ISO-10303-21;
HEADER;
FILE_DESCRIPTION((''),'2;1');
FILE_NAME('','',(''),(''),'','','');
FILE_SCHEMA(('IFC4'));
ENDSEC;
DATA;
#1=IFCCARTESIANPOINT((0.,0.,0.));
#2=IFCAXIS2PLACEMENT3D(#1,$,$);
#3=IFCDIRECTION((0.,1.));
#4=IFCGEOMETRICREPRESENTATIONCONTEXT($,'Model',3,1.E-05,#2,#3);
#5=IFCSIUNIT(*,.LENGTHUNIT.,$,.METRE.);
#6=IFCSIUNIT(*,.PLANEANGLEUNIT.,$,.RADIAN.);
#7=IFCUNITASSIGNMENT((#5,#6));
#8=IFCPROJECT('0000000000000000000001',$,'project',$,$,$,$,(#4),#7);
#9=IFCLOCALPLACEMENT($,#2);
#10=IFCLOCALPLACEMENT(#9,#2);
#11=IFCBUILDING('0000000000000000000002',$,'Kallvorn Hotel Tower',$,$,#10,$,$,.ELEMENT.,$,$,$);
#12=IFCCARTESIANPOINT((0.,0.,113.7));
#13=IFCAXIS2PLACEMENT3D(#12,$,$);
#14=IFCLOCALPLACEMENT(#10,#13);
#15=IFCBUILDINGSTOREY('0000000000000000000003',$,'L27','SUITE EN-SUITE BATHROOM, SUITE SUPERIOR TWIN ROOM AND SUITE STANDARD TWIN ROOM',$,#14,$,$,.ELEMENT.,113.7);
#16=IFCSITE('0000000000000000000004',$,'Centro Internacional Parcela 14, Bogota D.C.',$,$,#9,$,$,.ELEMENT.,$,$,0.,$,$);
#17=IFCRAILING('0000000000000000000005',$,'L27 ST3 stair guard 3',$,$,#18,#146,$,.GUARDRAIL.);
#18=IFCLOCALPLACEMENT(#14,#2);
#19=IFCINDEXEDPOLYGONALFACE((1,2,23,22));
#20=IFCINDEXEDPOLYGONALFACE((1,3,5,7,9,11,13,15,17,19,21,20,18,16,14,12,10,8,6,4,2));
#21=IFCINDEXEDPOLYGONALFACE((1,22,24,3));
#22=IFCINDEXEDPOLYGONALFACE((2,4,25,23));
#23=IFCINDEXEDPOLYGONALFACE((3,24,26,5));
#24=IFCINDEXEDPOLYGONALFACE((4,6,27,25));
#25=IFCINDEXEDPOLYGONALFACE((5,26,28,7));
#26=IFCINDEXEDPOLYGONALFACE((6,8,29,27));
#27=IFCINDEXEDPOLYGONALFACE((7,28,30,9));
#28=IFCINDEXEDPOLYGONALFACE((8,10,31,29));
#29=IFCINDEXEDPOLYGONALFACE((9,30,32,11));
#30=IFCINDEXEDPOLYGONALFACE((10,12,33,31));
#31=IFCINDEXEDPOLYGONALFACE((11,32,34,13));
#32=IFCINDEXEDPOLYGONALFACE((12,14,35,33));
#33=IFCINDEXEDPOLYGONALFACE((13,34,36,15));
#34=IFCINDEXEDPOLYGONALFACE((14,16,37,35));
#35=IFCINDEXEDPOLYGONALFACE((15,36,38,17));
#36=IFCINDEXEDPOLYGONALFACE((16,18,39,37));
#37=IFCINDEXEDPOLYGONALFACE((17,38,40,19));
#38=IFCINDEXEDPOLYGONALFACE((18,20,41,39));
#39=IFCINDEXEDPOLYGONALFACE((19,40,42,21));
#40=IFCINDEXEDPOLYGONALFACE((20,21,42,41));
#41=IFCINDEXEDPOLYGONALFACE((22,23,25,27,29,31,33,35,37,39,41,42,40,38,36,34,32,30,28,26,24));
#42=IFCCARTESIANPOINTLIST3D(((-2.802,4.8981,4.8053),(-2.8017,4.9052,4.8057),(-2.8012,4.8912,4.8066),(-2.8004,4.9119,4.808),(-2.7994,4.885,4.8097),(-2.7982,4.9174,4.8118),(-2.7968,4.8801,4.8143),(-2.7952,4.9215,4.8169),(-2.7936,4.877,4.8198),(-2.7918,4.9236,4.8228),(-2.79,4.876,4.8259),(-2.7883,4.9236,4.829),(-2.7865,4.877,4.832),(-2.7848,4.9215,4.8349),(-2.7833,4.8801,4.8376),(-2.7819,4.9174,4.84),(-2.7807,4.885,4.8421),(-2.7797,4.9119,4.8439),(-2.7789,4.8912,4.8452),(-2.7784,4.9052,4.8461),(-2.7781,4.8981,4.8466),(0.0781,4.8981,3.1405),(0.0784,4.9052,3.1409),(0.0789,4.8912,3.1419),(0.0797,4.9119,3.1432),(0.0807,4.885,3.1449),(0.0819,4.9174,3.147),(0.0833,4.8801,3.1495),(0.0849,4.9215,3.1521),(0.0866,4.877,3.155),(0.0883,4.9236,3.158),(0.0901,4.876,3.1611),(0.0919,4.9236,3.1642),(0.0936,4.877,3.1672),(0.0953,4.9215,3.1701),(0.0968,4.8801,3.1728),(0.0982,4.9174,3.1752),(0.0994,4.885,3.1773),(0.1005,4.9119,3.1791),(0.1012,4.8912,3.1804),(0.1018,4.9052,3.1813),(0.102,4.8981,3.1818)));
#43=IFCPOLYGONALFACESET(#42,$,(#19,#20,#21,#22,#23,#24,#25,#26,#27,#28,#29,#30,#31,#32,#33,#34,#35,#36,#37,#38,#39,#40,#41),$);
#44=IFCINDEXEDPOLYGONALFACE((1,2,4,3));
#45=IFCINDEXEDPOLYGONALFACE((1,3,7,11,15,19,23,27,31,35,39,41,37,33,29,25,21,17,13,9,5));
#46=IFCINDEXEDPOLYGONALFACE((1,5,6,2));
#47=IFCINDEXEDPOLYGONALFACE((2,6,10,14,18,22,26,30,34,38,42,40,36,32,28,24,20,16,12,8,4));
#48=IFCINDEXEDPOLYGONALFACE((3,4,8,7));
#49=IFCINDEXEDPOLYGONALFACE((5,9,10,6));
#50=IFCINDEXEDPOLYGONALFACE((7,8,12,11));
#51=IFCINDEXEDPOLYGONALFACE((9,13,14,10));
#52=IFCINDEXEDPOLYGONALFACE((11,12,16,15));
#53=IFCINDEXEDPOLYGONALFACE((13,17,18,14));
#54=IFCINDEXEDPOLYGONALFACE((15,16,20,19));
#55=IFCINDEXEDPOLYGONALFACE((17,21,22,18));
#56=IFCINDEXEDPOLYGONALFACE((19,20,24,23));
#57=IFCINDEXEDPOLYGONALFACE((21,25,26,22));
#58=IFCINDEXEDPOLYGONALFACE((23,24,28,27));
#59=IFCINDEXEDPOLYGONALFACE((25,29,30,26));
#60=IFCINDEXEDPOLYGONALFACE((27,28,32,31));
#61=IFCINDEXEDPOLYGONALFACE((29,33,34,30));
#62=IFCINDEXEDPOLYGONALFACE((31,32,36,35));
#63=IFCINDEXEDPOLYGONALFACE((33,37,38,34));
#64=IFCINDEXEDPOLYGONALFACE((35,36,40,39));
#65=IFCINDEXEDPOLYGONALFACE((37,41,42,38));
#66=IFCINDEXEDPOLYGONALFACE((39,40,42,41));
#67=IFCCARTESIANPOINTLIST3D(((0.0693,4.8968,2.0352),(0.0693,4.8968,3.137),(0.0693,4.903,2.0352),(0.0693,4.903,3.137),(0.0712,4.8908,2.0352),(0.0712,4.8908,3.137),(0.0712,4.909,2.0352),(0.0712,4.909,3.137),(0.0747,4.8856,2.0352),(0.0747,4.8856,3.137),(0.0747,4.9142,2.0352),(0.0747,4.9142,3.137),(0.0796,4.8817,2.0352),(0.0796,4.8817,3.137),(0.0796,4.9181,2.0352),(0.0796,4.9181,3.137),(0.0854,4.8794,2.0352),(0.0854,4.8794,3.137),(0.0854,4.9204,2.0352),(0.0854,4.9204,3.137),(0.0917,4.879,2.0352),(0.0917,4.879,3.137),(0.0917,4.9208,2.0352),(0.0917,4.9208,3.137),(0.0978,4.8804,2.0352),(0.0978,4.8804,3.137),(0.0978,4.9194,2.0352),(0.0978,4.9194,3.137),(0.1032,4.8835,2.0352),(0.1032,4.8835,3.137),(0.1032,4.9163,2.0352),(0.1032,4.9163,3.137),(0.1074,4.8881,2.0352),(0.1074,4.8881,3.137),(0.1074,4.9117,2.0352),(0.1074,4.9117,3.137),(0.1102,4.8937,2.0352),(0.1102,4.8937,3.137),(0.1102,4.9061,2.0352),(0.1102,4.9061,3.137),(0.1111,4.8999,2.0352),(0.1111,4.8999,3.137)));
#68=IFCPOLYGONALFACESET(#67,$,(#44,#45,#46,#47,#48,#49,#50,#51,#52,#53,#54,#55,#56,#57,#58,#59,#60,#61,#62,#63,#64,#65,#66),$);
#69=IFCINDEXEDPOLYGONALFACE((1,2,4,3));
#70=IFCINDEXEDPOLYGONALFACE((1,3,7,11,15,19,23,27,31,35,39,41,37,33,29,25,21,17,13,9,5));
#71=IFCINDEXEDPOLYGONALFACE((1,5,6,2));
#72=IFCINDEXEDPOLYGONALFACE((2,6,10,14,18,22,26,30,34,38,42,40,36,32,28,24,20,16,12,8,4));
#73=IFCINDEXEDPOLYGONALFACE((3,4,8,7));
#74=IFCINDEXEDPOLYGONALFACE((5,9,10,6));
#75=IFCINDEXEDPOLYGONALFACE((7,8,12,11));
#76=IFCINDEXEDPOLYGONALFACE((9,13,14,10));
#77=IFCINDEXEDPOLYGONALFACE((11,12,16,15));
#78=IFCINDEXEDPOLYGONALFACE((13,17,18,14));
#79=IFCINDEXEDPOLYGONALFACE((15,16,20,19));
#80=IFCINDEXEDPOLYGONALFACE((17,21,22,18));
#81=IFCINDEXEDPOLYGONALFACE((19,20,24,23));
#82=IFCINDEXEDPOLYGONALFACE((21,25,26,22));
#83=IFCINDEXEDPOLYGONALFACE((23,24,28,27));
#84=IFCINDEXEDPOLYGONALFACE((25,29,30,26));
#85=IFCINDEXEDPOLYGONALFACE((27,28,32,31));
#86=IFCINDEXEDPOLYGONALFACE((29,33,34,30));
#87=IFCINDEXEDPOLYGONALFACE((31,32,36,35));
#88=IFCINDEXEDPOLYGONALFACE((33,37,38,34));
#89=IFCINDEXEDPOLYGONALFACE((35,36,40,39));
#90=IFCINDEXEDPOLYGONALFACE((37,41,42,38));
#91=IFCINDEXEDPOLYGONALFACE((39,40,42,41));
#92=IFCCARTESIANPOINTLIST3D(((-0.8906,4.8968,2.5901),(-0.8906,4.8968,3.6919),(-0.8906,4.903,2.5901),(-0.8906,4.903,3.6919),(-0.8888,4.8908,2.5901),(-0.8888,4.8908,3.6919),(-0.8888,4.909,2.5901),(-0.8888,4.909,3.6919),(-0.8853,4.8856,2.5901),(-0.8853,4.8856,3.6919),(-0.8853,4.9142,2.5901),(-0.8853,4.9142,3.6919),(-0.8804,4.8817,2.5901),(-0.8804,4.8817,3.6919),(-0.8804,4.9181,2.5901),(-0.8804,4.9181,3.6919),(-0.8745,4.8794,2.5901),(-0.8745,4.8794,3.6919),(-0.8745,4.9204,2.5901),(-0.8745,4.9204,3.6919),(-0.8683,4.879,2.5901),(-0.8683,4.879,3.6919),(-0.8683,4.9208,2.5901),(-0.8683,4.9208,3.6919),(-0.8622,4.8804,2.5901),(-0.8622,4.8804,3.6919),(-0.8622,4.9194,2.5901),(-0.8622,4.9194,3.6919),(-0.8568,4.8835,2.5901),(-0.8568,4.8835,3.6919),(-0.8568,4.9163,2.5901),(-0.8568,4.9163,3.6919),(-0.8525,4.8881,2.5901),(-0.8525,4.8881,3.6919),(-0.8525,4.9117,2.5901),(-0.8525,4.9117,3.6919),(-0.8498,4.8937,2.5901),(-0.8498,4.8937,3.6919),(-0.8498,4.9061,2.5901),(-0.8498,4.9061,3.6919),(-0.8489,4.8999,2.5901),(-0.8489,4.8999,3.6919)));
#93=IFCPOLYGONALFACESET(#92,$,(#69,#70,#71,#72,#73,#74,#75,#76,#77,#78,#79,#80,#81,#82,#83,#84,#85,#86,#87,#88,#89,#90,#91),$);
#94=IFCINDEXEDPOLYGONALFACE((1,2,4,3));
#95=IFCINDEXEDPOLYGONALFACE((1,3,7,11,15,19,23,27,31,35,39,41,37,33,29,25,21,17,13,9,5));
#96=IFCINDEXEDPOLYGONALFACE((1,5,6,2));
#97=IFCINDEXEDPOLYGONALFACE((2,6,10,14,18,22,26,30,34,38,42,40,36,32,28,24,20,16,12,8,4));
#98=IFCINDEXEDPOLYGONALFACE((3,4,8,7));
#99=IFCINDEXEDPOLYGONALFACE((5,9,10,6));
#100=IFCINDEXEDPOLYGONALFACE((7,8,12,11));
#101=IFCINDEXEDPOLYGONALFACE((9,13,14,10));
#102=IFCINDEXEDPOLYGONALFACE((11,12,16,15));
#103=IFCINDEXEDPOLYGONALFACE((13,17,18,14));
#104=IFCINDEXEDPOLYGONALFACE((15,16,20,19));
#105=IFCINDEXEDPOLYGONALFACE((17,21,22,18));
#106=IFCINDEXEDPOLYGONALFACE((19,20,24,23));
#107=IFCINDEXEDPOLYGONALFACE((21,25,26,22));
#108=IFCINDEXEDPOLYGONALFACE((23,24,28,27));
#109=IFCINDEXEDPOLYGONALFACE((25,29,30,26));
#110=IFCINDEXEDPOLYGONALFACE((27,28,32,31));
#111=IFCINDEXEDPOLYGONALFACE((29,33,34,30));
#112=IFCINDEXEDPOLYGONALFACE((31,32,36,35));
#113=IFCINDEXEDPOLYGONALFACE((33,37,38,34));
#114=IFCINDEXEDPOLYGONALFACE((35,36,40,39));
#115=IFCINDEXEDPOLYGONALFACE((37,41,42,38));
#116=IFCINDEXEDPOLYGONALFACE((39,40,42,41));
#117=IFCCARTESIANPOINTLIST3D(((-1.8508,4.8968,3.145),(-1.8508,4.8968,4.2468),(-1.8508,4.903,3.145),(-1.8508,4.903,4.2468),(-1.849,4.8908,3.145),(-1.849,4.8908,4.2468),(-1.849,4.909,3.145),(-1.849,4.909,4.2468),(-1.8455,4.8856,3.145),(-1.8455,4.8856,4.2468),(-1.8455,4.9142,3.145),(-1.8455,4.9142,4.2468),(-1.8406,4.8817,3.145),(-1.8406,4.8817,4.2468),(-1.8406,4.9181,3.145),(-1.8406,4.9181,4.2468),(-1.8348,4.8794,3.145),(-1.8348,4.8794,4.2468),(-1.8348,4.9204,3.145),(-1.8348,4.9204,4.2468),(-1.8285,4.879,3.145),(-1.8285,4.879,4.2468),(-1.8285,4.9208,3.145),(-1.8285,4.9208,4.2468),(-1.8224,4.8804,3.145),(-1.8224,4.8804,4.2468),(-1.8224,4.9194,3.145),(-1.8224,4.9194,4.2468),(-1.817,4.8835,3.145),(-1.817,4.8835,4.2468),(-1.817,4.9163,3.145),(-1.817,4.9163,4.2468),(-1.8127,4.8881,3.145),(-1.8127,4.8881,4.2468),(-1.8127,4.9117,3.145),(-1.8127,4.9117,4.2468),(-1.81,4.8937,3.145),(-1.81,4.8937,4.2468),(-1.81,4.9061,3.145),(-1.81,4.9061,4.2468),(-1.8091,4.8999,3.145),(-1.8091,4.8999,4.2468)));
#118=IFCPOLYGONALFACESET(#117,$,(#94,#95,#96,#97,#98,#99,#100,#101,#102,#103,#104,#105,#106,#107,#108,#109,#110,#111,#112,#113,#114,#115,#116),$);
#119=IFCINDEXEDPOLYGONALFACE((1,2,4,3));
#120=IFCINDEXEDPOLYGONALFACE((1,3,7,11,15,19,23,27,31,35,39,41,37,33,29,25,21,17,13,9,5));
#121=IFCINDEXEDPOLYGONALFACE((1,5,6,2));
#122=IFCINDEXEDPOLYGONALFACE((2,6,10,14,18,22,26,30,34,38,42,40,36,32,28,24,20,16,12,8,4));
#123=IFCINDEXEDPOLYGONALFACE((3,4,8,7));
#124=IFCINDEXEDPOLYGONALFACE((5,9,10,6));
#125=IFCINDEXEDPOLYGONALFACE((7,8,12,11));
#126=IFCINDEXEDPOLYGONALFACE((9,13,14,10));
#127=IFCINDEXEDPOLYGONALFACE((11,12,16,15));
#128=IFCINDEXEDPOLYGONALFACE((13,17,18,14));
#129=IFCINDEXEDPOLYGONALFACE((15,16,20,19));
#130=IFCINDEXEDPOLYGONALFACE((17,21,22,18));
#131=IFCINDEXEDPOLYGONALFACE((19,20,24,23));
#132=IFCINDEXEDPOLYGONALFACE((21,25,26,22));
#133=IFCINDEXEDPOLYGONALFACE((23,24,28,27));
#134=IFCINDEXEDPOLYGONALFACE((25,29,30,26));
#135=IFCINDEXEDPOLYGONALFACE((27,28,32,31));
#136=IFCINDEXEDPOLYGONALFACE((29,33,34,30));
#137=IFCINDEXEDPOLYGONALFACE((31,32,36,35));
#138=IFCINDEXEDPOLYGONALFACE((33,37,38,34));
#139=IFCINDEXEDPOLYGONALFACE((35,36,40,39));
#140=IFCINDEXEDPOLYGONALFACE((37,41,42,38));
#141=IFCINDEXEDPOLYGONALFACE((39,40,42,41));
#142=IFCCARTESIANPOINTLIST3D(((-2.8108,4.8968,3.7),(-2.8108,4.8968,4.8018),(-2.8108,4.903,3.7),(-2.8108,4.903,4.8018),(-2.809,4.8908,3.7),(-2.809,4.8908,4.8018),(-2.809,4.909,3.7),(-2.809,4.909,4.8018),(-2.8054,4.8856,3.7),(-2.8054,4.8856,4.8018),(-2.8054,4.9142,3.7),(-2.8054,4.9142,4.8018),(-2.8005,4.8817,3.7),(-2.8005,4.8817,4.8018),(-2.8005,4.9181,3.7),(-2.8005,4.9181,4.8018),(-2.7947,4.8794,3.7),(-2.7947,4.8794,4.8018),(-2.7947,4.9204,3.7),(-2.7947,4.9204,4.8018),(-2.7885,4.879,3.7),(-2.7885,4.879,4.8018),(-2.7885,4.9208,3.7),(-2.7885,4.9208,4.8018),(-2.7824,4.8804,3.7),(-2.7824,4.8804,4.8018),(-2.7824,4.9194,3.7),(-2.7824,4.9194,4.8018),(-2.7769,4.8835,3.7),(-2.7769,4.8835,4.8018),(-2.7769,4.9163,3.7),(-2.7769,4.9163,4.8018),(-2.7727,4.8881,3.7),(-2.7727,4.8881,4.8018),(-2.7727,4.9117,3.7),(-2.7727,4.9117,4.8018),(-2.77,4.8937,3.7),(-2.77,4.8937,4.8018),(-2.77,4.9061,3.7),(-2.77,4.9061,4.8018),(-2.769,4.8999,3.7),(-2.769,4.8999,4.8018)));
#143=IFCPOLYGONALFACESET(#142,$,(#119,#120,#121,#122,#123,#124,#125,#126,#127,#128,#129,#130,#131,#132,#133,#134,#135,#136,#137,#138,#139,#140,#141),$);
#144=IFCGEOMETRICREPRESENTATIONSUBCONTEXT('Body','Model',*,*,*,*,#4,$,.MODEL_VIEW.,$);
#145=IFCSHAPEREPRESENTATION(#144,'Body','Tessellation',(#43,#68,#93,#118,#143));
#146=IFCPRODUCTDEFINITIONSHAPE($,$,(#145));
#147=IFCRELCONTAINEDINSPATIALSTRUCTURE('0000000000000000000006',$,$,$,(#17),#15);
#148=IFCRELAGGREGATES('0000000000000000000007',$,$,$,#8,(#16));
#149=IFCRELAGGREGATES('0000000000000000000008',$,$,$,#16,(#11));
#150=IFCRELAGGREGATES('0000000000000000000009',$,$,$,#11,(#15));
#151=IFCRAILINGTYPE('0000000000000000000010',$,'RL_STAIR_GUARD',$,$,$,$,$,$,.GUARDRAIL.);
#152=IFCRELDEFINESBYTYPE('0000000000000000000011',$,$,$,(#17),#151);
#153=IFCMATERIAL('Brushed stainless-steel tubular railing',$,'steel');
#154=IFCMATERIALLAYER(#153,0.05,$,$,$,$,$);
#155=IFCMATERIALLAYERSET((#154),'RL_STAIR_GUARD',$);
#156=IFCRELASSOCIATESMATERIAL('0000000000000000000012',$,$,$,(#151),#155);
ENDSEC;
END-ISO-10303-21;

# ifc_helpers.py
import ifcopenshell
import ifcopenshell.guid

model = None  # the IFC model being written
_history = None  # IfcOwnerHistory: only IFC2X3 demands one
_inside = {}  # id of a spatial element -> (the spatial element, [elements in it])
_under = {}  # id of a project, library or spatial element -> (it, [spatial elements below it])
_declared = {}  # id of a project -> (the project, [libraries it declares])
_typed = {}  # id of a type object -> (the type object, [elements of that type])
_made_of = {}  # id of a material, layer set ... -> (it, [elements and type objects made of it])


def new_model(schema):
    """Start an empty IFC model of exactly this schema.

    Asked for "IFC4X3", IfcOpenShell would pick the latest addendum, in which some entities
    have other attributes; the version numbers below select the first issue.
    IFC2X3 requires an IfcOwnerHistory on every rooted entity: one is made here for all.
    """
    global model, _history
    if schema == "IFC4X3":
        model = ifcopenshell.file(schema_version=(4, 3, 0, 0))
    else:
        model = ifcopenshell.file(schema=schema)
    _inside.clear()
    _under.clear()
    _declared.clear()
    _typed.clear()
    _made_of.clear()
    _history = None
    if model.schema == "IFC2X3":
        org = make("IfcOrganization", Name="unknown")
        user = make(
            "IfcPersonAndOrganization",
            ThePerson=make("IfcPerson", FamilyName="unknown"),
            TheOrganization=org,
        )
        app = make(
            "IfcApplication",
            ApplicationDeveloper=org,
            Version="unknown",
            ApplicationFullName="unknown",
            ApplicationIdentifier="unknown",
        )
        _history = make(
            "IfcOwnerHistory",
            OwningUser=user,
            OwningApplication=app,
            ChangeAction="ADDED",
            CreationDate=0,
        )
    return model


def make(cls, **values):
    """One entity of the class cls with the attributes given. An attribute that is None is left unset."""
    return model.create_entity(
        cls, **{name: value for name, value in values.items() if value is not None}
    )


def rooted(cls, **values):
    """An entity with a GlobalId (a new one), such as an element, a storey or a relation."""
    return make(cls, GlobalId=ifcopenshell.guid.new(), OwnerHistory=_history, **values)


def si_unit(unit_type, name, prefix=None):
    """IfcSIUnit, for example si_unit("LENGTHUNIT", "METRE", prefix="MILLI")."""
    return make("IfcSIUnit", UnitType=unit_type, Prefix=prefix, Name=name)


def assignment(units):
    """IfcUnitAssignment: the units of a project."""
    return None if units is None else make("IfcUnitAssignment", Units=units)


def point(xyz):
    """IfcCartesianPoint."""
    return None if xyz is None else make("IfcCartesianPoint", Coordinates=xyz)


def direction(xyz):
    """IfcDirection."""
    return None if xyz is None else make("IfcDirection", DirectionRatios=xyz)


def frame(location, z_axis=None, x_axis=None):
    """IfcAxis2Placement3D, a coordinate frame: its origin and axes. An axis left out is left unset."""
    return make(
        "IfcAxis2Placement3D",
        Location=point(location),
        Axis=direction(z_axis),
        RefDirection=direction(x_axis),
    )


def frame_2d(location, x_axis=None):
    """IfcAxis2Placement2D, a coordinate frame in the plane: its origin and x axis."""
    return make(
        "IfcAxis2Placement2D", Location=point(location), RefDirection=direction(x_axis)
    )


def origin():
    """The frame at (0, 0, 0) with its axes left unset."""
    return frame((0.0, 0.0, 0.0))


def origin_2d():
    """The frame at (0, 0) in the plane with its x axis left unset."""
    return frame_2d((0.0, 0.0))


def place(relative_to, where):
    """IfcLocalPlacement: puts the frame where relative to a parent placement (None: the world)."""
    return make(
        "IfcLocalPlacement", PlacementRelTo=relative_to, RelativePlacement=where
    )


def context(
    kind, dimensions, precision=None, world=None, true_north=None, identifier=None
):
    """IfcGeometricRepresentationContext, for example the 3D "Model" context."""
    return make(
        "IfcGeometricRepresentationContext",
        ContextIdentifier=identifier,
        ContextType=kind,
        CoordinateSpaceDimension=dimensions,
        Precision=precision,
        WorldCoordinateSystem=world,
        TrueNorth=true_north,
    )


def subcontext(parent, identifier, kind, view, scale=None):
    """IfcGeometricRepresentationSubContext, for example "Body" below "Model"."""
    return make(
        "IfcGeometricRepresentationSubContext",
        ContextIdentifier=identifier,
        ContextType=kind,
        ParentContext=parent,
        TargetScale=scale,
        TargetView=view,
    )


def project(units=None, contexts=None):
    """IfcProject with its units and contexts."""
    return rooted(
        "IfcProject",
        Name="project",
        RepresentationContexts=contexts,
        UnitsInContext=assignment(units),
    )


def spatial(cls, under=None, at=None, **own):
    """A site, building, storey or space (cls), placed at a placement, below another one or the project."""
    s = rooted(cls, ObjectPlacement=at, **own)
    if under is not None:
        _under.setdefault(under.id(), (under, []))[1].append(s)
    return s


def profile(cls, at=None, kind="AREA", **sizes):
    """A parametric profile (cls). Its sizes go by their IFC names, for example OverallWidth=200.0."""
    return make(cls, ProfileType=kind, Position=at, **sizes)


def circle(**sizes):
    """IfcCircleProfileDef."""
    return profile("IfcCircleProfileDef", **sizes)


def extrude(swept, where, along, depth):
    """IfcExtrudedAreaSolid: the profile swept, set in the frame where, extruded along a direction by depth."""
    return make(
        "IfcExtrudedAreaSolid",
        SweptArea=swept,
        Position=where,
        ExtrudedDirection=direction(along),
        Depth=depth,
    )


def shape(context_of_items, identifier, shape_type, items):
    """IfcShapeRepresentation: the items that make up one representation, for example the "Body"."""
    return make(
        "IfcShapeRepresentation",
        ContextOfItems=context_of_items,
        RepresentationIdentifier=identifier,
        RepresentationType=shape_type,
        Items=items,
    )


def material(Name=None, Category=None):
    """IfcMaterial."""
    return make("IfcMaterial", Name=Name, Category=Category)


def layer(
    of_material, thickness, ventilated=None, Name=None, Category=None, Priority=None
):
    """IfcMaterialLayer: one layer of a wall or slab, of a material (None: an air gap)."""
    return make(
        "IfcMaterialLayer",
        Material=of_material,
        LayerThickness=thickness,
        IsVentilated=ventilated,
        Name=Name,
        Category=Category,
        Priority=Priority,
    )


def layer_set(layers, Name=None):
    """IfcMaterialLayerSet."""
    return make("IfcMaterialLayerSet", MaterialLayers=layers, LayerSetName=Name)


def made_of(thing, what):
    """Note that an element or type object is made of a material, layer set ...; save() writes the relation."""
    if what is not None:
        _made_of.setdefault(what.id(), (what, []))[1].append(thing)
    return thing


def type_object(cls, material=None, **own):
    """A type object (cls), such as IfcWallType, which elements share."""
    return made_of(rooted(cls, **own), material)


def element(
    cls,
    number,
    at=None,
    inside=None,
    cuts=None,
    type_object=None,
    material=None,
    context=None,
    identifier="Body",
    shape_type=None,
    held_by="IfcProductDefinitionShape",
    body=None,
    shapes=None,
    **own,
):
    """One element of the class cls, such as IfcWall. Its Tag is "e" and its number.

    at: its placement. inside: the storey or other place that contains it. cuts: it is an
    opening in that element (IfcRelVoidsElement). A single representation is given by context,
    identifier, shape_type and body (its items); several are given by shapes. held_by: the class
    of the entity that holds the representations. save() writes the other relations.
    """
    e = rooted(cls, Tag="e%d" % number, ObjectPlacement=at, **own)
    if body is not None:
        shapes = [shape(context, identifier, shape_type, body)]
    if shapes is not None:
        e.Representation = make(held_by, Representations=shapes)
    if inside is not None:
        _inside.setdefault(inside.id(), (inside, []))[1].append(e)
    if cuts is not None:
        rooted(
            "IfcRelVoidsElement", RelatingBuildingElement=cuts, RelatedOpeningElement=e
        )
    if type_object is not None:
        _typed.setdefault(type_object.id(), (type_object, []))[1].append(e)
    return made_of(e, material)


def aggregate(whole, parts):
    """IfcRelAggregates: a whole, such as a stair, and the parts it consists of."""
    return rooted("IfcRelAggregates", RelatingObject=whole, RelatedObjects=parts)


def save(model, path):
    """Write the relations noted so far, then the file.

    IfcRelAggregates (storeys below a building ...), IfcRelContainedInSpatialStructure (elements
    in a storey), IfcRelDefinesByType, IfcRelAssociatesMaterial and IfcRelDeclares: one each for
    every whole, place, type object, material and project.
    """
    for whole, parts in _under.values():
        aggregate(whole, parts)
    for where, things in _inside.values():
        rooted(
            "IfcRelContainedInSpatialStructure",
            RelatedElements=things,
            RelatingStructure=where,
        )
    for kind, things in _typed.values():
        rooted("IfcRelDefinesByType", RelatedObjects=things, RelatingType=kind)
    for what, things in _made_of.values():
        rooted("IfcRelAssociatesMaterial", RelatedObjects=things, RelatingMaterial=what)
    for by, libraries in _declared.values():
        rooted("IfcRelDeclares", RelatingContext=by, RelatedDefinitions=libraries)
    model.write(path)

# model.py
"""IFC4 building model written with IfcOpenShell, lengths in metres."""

from ifc_helpers import new_model, si_unit, direction, frame, origin, origin_2d, place, context, subcontext, project, spatial, circle, extrude, material, layer, layer_set, type_object, element, save


model = new_model("IFC4")

# Units and contexts
model_context = context("Model", 3, precision=1e-05, world=origin(), true_north=direction((0.0, 1.0)))
body_context = subcontext(model_context, "Body", "Model", "MODEL_VIEW")
ifc_project = project(units=[si_unit("LENGTHUNIT", "METRE"), si_unit("PLANEANGLEUNIT", "RADIAN")], contexts=[model_context])

# Site, building, storey
site_placement = place(None, origin())
site = spatial("IfcSite", under=ifc_project, at=site_placement, Name="Centro Internacional Parcela 14, Bogota D.C.", CompositionType="ELEMENT", RefElevation=0.0)
building_placement = place(site_placement, origin())
building = spatial("IfcBuilding", under=site, at=building_placement, Name="Kallvorn Hotel Tower", CompositionType="ELEMENT")
storey_placement = place(building_placement, frame((0.0, 0.0, 113.7)))
storey = spatial("IfcBuildingStorey", under=building, at=storey_placement, Name="L27", Description="SUITE EN-SUITE BATHROOM, SUITE SUPERIOR TWIN ROOM AND SUITE STANDARD TWIN ROOM", CompositionType="ELEMENT", Elevation=113.7)

# Railing
ifc_material_1 = material(Name="Brushed stainless-steel tubular railing", Category="steel")
ifc_layer_1 = layer(ifc_material_1, 0.05)
ifc_layer_set_1 = layer_set([ifc_layer_1], Name="RL_STAIR_GUARD")
railing_type_1 = type_object("IfcRailingType", Name="RL_STAIR_GUARD", PredefinedType="GUARDRAIL", material=ifc_layer_set_1)
railing_1_placement = place(storey_placement, frame((0.0901, 4.8999, 2.0352)))
element("IfcRailing", 1, at=railing_1_placement, inside=storey, type_object=railing_type_1, Name="L27 ST3 stair guard 3", PredefinedType="GUARDRAIL", context=body_context, shape_type="SweptSolid", body=[
    extrude(circle(Radius=0.0239, at=origin_2d()), frame((0.0, 0.0, 1.126), z_axis=(-0.865771, 0.0, 0.50044), x_axis=(0.0, -1.0, 0.0)), (0.0, 0.0, 1.0), 3.3267),
    extrude(circle(Radius=0.021, at=origin_2d()), origin(), (0.0, 0.0, 1.0), 1.1018),
    extrude(circle(Radius=0.021, at=origin_2d()), frame((-0.96, 0.0, 0.5549)), (0.0, 0.0, 1.0), 1.1018),
    extrude(circle(Radius=0.021, at=origin_2d()), frame((-1.9202, 0.0, 1.1099)), (0.0, 0.0, 1.0), 1.1018),
    extrude(circle(Radius=0.021, at=origin_2d()), frame((-2.8801, 0.0, 1.6648)), (0.0, 0.0, 1.0), 1.1018),
])

save(model, "model.ifc")
